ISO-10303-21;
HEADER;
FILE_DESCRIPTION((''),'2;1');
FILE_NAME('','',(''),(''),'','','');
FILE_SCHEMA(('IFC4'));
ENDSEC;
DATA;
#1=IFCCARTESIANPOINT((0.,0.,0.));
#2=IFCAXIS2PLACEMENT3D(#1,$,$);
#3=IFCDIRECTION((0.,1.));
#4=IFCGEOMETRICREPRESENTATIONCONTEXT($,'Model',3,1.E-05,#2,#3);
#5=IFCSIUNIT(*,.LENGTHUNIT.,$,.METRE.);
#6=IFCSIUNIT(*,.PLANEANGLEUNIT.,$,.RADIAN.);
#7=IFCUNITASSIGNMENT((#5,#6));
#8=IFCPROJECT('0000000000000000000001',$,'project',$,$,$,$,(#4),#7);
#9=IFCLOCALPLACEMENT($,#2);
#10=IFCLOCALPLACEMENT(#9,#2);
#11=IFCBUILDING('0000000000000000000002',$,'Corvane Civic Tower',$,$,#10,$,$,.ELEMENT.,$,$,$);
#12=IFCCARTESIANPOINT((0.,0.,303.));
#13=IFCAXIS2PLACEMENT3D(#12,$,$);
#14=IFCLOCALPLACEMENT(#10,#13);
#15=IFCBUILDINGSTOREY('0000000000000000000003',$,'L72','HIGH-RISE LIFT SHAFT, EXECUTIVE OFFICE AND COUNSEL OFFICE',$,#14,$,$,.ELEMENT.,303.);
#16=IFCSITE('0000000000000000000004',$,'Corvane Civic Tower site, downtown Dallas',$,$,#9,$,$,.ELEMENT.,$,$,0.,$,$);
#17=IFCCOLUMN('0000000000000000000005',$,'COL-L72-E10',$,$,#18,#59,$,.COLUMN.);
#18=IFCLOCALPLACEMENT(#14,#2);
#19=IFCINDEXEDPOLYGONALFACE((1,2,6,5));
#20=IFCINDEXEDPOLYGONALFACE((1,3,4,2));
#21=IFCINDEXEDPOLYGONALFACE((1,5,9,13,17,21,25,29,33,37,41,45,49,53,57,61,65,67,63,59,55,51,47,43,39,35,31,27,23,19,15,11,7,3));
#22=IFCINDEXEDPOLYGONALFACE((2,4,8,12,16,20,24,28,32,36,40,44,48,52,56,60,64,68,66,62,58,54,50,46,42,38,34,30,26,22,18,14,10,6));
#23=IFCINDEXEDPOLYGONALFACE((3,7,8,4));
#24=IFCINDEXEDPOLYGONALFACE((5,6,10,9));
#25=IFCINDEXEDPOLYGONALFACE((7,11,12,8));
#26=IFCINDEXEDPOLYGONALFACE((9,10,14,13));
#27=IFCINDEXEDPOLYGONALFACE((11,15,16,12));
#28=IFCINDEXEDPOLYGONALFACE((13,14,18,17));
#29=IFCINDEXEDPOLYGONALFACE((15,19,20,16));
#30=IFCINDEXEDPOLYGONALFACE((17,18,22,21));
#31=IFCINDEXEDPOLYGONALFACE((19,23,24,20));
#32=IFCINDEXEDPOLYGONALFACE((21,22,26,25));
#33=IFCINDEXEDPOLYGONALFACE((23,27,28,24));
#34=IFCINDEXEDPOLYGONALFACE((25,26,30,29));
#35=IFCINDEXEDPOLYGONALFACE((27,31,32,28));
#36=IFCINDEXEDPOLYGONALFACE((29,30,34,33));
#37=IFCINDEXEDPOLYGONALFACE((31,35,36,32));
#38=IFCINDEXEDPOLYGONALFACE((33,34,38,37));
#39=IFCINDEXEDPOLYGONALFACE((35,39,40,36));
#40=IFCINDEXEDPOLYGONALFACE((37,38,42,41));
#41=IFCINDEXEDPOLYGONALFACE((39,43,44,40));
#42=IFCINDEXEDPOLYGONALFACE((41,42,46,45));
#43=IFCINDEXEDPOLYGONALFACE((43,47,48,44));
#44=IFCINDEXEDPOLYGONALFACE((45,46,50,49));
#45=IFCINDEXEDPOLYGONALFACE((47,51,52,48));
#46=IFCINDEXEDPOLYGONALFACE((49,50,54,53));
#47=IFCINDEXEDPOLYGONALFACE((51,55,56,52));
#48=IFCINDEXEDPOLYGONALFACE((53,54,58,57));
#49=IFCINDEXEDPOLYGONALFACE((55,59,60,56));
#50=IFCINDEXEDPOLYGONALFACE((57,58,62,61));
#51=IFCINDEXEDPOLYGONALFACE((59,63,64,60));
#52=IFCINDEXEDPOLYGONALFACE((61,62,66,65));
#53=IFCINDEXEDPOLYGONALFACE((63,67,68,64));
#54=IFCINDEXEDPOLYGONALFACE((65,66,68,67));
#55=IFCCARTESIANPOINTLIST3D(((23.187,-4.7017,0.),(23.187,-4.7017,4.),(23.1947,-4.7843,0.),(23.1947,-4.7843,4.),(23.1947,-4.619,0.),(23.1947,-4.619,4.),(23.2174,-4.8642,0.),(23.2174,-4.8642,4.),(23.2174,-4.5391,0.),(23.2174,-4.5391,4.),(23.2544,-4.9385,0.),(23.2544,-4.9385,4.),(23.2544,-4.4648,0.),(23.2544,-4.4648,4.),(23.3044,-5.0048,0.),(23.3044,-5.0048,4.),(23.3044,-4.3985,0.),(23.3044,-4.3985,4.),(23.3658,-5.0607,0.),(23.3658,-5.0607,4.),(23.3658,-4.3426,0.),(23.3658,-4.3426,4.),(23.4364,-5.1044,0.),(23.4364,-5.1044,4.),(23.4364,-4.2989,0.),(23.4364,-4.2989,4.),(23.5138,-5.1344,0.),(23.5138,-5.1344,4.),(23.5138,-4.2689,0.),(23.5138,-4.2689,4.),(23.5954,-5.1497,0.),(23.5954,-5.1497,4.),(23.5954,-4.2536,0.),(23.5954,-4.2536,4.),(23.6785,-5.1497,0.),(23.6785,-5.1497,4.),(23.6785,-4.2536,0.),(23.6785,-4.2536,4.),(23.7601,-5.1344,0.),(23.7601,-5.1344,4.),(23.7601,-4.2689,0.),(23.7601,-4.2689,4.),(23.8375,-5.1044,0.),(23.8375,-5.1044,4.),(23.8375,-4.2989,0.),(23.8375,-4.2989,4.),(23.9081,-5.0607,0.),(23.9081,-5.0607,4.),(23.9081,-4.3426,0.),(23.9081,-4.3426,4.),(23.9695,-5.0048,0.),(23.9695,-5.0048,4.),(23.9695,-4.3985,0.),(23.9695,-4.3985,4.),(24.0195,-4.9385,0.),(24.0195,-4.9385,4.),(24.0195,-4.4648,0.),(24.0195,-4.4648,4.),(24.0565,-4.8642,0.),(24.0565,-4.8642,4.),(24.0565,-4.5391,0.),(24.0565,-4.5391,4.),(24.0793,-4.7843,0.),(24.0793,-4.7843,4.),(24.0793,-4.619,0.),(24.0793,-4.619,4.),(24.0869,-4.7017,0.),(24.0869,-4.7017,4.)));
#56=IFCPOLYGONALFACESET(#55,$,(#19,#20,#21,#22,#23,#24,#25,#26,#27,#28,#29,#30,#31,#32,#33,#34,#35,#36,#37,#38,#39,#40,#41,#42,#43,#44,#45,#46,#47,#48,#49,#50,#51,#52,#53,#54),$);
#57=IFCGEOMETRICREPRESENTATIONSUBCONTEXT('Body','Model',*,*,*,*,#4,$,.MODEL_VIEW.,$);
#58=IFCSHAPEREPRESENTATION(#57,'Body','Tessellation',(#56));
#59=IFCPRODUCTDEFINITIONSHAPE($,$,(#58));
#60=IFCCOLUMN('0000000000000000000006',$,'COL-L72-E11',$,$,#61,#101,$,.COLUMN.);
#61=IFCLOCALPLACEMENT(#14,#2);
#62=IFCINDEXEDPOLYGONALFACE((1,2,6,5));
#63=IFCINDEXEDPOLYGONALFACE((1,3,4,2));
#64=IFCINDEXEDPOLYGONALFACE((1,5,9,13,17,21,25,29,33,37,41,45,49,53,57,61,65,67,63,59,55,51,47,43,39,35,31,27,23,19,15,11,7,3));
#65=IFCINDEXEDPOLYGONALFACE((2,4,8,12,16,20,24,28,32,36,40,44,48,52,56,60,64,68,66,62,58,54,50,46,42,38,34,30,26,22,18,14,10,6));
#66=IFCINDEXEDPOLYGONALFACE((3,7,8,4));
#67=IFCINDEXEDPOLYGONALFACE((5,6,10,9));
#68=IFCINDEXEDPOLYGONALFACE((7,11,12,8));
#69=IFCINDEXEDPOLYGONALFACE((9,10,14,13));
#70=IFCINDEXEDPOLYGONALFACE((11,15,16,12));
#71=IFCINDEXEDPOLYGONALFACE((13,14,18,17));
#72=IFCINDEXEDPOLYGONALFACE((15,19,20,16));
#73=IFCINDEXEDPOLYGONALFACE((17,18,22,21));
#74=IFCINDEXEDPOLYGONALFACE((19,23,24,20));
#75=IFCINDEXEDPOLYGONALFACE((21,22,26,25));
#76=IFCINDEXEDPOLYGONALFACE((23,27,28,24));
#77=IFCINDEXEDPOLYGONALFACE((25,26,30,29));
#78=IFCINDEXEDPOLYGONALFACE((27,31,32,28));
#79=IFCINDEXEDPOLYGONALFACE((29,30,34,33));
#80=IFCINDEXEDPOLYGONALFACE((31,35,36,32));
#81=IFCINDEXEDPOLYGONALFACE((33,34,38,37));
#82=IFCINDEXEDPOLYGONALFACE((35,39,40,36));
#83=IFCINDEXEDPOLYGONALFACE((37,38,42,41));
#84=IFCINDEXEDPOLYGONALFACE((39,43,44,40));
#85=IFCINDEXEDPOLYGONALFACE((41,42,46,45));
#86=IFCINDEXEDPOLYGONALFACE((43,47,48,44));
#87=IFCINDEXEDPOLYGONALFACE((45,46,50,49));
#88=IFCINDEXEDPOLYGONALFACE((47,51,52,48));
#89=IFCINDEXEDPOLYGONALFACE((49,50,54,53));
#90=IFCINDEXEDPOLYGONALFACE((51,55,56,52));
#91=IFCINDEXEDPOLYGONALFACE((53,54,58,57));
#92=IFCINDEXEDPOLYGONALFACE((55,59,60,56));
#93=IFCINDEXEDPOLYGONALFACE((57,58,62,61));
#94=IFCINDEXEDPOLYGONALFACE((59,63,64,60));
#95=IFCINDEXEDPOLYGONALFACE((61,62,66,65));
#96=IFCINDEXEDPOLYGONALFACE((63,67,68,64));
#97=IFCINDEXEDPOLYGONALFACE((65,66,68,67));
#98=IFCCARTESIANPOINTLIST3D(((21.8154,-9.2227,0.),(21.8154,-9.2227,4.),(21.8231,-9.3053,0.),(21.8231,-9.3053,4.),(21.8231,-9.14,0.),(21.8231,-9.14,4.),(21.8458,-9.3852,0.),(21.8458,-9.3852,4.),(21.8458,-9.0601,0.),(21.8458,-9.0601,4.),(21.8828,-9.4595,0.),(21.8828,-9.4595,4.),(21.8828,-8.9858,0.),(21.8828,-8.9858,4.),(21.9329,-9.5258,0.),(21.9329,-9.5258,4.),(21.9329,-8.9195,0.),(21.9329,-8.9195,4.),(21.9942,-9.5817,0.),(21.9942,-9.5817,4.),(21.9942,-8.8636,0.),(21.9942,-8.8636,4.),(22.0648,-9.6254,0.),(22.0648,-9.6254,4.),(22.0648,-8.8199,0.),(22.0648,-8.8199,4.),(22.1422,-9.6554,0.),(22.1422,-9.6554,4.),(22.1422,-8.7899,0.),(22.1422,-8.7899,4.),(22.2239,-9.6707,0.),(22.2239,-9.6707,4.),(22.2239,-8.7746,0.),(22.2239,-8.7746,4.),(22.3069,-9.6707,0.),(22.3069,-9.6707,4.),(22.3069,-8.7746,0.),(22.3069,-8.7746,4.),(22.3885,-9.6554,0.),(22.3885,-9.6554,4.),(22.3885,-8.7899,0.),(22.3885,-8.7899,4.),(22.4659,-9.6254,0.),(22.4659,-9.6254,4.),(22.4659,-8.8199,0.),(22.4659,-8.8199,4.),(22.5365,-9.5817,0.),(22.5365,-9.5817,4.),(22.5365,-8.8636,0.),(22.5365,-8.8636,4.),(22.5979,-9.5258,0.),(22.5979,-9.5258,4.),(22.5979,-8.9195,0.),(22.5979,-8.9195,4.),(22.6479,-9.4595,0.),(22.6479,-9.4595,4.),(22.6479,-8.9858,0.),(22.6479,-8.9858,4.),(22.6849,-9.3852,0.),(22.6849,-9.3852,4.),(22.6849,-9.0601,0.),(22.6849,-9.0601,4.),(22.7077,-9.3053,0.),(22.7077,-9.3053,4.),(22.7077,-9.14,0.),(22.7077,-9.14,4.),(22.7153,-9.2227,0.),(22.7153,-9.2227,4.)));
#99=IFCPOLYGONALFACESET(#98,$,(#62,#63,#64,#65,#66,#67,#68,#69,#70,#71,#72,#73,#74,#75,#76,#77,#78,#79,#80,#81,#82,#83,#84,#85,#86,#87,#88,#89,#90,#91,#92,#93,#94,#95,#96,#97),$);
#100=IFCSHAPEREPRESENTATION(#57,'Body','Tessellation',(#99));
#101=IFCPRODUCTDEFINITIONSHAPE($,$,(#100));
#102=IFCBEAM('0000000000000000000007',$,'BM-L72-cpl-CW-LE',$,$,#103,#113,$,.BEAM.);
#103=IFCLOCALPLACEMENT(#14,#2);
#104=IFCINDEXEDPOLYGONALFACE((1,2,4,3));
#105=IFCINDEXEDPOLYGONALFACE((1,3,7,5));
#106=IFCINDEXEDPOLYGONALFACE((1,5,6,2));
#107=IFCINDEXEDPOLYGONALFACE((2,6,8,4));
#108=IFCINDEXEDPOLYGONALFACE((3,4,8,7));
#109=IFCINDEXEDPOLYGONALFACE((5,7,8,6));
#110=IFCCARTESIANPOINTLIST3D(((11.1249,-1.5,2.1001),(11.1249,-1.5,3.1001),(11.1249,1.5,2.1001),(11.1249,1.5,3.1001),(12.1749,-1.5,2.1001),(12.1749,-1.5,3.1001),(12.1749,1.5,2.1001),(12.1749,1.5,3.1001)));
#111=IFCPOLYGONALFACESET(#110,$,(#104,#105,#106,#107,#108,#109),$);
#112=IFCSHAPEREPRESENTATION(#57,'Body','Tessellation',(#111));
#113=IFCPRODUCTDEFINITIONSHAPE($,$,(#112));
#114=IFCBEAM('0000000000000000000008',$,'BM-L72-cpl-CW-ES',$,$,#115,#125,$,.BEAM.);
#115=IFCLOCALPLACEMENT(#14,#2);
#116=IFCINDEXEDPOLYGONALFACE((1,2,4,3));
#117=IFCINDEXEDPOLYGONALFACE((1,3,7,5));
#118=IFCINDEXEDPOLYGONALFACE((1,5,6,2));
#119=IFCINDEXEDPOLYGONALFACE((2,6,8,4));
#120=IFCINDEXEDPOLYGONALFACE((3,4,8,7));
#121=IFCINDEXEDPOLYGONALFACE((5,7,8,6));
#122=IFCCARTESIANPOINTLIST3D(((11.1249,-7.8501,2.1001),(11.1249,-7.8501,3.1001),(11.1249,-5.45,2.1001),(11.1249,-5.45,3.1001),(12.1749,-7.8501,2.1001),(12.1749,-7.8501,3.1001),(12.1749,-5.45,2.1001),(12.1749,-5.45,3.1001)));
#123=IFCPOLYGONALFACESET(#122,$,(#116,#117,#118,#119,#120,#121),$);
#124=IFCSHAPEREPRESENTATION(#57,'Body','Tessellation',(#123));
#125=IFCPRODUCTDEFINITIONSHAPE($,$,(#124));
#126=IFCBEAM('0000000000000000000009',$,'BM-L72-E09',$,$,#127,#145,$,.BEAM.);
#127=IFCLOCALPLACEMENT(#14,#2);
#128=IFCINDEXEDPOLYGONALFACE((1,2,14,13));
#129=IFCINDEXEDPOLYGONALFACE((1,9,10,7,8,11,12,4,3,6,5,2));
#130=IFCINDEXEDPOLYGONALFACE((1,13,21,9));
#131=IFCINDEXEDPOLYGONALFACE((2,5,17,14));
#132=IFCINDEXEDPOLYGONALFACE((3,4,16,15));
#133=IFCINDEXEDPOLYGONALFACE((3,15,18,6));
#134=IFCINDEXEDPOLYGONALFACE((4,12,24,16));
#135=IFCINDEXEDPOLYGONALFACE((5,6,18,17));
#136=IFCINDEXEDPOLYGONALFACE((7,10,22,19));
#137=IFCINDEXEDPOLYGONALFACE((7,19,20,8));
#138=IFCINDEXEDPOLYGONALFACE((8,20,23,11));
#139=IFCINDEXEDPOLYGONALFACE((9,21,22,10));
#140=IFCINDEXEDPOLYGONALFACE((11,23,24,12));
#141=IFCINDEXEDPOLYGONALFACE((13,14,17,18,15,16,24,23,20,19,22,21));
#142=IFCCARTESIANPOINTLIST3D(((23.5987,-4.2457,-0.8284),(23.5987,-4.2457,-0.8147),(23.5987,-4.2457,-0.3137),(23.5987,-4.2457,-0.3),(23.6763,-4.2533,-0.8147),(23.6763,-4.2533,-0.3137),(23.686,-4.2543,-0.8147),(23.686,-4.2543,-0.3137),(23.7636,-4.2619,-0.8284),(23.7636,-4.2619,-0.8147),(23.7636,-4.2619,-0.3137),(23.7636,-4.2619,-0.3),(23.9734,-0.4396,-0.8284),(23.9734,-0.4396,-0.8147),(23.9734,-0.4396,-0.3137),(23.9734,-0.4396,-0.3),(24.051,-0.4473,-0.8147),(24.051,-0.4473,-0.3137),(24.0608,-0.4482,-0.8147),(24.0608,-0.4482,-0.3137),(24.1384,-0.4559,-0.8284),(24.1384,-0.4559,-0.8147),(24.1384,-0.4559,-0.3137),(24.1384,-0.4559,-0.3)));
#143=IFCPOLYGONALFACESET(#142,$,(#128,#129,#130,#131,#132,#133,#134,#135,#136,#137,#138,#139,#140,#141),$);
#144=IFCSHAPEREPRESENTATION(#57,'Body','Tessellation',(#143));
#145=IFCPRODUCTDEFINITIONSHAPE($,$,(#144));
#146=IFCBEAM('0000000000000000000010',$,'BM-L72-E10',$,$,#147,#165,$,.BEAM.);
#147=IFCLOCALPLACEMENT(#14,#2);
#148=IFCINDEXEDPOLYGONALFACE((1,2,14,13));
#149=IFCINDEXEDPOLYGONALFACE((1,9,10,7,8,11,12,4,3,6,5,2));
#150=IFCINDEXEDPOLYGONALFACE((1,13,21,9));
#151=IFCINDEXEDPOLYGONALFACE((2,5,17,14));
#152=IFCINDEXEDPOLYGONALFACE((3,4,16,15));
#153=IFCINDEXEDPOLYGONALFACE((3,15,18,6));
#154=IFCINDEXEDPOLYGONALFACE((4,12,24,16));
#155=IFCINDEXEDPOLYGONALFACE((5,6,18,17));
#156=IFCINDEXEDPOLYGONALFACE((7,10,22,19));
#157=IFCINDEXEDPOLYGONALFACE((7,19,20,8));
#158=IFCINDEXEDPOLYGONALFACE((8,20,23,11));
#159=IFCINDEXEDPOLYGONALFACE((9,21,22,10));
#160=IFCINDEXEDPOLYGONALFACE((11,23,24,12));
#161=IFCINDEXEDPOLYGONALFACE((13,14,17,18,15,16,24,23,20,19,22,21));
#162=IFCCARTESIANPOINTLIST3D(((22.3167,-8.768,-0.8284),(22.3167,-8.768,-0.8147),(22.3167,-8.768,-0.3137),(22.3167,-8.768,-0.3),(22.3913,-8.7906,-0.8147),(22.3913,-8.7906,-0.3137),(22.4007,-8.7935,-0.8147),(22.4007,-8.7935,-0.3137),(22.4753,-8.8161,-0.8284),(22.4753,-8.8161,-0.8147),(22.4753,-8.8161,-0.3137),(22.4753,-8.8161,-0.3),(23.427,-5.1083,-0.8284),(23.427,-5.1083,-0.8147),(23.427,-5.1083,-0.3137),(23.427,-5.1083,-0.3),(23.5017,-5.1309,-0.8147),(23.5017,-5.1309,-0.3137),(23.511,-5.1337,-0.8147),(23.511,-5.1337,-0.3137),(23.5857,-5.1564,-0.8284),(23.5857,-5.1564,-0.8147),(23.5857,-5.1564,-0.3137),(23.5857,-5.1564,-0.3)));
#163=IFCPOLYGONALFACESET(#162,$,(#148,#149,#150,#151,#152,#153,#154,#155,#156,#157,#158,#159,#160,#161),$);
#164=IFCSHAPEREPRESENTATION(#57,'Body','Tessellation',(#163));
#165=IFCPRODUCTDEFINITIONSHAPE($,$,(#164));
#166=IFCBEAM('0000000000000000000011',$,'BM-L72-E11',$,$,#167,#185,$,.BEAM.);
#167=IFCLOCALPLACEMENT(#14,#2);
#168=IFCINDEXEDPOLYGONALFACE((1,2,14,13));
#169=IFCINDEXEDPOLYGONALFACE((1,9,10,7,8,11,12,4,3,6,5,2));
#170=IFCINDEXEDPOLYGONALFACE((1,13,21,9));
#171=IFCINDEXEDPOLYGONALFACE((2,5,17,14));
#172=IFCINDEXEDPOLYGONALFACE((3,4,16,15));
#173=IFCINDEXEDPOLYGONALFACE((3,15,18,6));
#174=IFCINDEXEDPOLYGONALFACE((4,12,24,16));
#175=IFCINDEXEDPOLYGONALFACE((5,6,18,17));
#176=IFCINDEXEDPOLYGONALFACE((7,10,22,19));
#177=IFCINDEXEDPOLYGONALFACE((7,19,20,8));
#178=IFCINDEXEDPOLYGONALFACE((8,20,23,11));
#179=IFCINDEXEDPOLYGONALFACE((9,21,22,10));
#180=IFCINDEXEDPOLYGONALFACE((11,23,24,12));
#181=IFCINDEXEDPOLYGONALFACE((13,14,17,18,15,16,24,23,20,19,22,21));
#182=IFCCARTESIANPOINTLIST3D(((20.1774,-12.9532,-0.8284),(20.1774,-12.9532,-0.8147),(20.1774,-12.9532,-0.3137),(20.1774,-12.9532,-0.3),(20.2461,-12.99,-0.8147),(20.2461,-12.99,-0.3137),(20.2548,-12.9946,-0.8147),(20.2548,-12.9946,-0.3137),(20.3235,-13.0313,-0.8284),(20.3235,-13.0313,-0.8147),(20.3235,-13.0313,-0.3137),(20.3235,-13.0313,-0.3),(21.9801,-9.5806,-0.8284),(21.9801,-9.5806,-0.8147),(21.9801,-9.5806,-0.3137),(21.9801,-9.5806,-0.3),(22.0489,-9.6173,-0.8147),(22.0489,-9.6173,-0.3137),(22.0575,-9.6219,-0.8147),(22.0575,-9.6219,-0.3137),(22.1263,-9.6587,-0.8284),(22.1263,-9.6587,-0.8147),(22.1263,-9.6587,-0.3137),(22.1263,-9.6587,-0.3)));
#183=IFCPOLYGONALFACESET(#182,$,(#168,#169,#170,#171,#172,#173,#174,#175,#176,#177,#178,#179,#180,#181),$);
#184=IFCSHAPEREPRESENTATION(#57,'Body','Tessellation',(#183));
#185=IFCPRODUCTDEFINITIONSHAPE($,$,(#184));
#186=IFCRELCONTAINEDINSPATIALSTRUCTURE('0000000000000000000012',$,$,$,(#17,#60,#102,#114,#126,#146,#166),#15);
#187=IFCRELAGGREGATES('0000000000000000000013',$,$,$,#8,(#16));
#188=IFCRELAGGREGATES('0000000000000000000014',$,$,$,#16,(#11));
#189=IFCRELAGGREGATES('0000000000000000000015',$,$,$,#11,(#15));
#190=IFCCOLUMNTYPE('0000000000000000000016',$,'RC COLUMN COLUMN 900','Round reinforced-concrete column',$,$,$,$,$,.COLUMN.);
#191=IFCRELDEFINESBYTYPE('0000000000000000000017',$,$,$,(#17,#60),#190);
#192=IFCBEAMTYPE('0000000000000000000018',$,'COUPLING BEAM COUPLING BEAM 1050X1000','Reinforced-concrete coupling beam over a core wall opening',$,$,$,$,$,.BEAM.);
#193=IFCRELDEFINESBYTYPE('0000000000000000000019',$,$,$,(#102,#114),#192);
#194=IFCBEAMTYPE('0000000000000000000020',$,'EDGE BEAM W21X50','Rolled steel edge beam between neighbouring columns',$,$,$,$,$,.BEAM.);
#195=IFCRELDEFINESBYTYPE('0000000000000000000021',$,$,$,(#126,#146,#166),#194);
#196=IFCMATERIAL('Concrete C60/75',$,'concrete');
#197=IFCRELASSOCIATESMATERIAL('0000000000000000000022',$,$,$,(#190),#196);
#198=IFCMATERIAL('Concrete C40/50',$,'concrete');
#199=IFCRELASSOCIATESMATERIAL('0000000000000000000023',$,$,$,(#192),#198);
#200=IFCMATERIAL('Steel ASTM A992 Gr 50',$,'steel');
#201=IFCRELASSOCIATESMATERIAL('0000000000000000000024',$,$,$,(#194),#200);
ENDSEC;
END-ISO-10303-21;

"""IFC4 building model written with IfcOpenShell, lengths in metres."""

from ifc_helpers import new_model, si_unit, direction, frame, origin, origin_2d, place, context, subcontext, project, spatial, rectangle, circle, i_section, extrude, material, material_profile, profile_set, type_object, element, save


model = new_model("IFC4")

# Units and contexts
model_context = context("Model", 3, precision=1e-05, world=origin(), true_north=direction((0.0, 1.0)))
body_context = subcontext(model_context, "Body", "Model", "MODEL_VIEW")
ifc_project = project(units=[si_unit("LENGTHUNIT", "METRE"), si_unit("PLANEANGLEUNIT", "RADIAN")], contexts=[model_context])

# Site, building, storey
site_placement = place(None, origin())
site = spatial("IfcSite", under=ifc_project, at=site_placement, Name="Corvane Civic Tower site, downtown Dallas", CompositionType="ELEMENT", RefElevation=0.0)
building_placement = place(site_placement, origin())
building = spatial("IfcBuilding", under=site, at=building_placement, Name="Corvane Civic Tower", CompositionType="ELEMENT")
storey_placement = place(building_placement, frame((0.0, 0.0, 303.0)))
storey = spatial("IfcBuildingStorey", under=building, at=storey_placement, Name="L72", Description="HIGH-RISE LIFT SHAFT, EXECUTIVE OFFICE AND COUNSEL OFFICE", CompositionType="ELEMENT", Elevation=303.0)

# Columns
ifc_material_1 = material(Name="Concrete C60/75", Category="concrete")
ifc_material_profile_1 = material_profile(ifc_material_1, circle(Radius=0.45, at=origin_2d()), Name="COLUMN 900")
ifc_profile_set_1 = profile_set([ifc_material_profile_1], Name="Concrete C60/75")
column_type = type_object("IfcColumnType", Name="RC COLUMN COLUMN 900", Description="Round reinforced-concrete column", PredefinedType="COLUMN", material=ifc_profile_set_1)
for number, where, z_axis, x_axis, name in (
    (1, (23.637, -4.7017, 0.0), (0.0, 0.0, 1.0), (1.0, 0.0, 0.0), "COL-L72-E10"),
    (2, (22.2654, -9.2227, 0.0), (0.0, 0.0, 1.0), (1.0, 0.0, 0.0), "COL-L72-E11"),
):
    element("IfcColumn", number, at=place(storey_placement, frame(where, z_axis=z_axis, x_axis=x_axis)), inside=storey, type_object=column_type, Name=name, PredefinedType="COLUMN", context=body_context, shape_type="SweptSolid", body=[
        extrude(circle(Radius=0.45, at=origin_2d()), origin(), (0.0, 0.0, 1.0), 4.0),
    ])

# Beams
ifc_material_2 = material(Name="Concrete C40/50", Category="concrete")
ifc_material_profile_2 = material_profile(ifc_material_2, rectangle(XDim=1.05, YDim=1.0, at=origin_2d()), Name="COUPLING BEAM 1050X1000")
ifc_profile_set_2 = profile_set([ifc_material_profile_2], Name="Concrete C40/50")
beam_type_1 = type_object("IfcBeamType", Name="COUPLING BEAM COUPLING BEAM 1050X1000", Description="Reinforced-concrete coupling beam over a core wall opening", PredefinedType="BEAM", material=ifc_profile_set_2)
beam_1_placement = place(storey_placement, frame((11.6499, -1.5, 2.6001), z_axis=(0.0, 1.0, 0.0), x_axis=(-1.0, 0.0, 0.0)))
element("IfcBeam", 3, at=beam_1_placement, inside=storey, type_object=beam_type_1, Name="BM-L72-cpl-CW-LE", PredefinedType="BEAM", context=body_context, shape_type="SweptSolid", body=[
    extrude(rectangle(XDim=1.05, YDim=1.0, at=origin_2d()), origin(), (0.0, 0.0, 1.0), 3.0),
])
beam_2_placement = place(storey_placement, frame((11.6499, -7.8501, 2.6001), z_axis=(0.0, 1.0, 0.0), x_axis=(-1.0, 0.0, 0.0)))
element("IfcBeam", 4, at=beam_2_placement, inside=storey, type_object=beam_type_1, Name="BM-L72-cpl-CW-ES", PredefinedType="BEAM", context=body_context, shape_type="SweptSolid", body=[
    extrude(rectangle(XDim=1.05, YDim=1.0, at=origin_2d()), origin(), (0.0, 0.0, 1.0), 2.4001),
])
ifc_material_3 = material(Name="Steel ASTM A992 Gr 50", Category="steel")
ifc_material_profile_3 = material_profile(ifc_material_3, i_section(OverallWidth=0.1658, OverallDepth=0.5283, WebThickness=0.0098, FlangeThickness=0.0137, at=origin_2d()), Name="W21X50")
ifc_profile_set_3 = profile_set([ifc_material_profile_3], Name="Steel ASTM A992 Gr 50")
beam_type_2 = type_object("IfcBeamType", Name="EDGE BEAM W21X50", Description="Rolled steel edge beam between neighbouring columns", PredefinedType="BEAM", material=ifc_profile_set_3)
for number, where, z_axis, x_axis, name in (
    (5, (24.0559, -0.4478, -0.5642), (-0.097987, -0.995188, 0.0), (0.995188, -0.097987, 0.0), "BM-L72-E09"),
    (6, (23.5063, -5.1323, -0.5642), (-0.290333, -0.956926, 0.0), (0.956926, -0.290333, 0.0), "BM-L72-E10"),
):
    element("IfcBeam", number, at=place(storey_placement, frame(where, z_axis=z_axis, x_axis=x_axis)), inside=storey, type_object=beam_type_2, Name=name, PredefinedType="BEAM", context=body_context, shape_type="SweptSolid", body=[
        extrude(i_section(OverallWidth=0.1658, OverallDepth=0.5283, WebThickness=0.0098, FlangeThickness=0.0137, at=origin_2d()), origin(), (0.0, 0.0, 1.0), 3.8245),
    ])
beam_3_placement = place(storey_placement, frame((22.0532, -9.6196, -0.5642), z_axis=(-0.47141, -0.881914, 0.0), x_axis=(0.881914, -0.47141, 0.0)))
element("IfcBeam", 7, at=beam_3_placement, inside=storey, type_object=beam_type_2, Name="BM-L72-E11", PredefinedType="BEAM", context=body_context, shape_type="SweptSolid", body=[
    extrude(i_section(OverallWidth=0.1658, OverallDepth=0.5283, WebThickness=0.0098, FlangeThickness=0.0137, at=origin_2d()), origin(), (0.0, 0.0, 1.0), 3.8242),
])

save(model, "model.ifc")
